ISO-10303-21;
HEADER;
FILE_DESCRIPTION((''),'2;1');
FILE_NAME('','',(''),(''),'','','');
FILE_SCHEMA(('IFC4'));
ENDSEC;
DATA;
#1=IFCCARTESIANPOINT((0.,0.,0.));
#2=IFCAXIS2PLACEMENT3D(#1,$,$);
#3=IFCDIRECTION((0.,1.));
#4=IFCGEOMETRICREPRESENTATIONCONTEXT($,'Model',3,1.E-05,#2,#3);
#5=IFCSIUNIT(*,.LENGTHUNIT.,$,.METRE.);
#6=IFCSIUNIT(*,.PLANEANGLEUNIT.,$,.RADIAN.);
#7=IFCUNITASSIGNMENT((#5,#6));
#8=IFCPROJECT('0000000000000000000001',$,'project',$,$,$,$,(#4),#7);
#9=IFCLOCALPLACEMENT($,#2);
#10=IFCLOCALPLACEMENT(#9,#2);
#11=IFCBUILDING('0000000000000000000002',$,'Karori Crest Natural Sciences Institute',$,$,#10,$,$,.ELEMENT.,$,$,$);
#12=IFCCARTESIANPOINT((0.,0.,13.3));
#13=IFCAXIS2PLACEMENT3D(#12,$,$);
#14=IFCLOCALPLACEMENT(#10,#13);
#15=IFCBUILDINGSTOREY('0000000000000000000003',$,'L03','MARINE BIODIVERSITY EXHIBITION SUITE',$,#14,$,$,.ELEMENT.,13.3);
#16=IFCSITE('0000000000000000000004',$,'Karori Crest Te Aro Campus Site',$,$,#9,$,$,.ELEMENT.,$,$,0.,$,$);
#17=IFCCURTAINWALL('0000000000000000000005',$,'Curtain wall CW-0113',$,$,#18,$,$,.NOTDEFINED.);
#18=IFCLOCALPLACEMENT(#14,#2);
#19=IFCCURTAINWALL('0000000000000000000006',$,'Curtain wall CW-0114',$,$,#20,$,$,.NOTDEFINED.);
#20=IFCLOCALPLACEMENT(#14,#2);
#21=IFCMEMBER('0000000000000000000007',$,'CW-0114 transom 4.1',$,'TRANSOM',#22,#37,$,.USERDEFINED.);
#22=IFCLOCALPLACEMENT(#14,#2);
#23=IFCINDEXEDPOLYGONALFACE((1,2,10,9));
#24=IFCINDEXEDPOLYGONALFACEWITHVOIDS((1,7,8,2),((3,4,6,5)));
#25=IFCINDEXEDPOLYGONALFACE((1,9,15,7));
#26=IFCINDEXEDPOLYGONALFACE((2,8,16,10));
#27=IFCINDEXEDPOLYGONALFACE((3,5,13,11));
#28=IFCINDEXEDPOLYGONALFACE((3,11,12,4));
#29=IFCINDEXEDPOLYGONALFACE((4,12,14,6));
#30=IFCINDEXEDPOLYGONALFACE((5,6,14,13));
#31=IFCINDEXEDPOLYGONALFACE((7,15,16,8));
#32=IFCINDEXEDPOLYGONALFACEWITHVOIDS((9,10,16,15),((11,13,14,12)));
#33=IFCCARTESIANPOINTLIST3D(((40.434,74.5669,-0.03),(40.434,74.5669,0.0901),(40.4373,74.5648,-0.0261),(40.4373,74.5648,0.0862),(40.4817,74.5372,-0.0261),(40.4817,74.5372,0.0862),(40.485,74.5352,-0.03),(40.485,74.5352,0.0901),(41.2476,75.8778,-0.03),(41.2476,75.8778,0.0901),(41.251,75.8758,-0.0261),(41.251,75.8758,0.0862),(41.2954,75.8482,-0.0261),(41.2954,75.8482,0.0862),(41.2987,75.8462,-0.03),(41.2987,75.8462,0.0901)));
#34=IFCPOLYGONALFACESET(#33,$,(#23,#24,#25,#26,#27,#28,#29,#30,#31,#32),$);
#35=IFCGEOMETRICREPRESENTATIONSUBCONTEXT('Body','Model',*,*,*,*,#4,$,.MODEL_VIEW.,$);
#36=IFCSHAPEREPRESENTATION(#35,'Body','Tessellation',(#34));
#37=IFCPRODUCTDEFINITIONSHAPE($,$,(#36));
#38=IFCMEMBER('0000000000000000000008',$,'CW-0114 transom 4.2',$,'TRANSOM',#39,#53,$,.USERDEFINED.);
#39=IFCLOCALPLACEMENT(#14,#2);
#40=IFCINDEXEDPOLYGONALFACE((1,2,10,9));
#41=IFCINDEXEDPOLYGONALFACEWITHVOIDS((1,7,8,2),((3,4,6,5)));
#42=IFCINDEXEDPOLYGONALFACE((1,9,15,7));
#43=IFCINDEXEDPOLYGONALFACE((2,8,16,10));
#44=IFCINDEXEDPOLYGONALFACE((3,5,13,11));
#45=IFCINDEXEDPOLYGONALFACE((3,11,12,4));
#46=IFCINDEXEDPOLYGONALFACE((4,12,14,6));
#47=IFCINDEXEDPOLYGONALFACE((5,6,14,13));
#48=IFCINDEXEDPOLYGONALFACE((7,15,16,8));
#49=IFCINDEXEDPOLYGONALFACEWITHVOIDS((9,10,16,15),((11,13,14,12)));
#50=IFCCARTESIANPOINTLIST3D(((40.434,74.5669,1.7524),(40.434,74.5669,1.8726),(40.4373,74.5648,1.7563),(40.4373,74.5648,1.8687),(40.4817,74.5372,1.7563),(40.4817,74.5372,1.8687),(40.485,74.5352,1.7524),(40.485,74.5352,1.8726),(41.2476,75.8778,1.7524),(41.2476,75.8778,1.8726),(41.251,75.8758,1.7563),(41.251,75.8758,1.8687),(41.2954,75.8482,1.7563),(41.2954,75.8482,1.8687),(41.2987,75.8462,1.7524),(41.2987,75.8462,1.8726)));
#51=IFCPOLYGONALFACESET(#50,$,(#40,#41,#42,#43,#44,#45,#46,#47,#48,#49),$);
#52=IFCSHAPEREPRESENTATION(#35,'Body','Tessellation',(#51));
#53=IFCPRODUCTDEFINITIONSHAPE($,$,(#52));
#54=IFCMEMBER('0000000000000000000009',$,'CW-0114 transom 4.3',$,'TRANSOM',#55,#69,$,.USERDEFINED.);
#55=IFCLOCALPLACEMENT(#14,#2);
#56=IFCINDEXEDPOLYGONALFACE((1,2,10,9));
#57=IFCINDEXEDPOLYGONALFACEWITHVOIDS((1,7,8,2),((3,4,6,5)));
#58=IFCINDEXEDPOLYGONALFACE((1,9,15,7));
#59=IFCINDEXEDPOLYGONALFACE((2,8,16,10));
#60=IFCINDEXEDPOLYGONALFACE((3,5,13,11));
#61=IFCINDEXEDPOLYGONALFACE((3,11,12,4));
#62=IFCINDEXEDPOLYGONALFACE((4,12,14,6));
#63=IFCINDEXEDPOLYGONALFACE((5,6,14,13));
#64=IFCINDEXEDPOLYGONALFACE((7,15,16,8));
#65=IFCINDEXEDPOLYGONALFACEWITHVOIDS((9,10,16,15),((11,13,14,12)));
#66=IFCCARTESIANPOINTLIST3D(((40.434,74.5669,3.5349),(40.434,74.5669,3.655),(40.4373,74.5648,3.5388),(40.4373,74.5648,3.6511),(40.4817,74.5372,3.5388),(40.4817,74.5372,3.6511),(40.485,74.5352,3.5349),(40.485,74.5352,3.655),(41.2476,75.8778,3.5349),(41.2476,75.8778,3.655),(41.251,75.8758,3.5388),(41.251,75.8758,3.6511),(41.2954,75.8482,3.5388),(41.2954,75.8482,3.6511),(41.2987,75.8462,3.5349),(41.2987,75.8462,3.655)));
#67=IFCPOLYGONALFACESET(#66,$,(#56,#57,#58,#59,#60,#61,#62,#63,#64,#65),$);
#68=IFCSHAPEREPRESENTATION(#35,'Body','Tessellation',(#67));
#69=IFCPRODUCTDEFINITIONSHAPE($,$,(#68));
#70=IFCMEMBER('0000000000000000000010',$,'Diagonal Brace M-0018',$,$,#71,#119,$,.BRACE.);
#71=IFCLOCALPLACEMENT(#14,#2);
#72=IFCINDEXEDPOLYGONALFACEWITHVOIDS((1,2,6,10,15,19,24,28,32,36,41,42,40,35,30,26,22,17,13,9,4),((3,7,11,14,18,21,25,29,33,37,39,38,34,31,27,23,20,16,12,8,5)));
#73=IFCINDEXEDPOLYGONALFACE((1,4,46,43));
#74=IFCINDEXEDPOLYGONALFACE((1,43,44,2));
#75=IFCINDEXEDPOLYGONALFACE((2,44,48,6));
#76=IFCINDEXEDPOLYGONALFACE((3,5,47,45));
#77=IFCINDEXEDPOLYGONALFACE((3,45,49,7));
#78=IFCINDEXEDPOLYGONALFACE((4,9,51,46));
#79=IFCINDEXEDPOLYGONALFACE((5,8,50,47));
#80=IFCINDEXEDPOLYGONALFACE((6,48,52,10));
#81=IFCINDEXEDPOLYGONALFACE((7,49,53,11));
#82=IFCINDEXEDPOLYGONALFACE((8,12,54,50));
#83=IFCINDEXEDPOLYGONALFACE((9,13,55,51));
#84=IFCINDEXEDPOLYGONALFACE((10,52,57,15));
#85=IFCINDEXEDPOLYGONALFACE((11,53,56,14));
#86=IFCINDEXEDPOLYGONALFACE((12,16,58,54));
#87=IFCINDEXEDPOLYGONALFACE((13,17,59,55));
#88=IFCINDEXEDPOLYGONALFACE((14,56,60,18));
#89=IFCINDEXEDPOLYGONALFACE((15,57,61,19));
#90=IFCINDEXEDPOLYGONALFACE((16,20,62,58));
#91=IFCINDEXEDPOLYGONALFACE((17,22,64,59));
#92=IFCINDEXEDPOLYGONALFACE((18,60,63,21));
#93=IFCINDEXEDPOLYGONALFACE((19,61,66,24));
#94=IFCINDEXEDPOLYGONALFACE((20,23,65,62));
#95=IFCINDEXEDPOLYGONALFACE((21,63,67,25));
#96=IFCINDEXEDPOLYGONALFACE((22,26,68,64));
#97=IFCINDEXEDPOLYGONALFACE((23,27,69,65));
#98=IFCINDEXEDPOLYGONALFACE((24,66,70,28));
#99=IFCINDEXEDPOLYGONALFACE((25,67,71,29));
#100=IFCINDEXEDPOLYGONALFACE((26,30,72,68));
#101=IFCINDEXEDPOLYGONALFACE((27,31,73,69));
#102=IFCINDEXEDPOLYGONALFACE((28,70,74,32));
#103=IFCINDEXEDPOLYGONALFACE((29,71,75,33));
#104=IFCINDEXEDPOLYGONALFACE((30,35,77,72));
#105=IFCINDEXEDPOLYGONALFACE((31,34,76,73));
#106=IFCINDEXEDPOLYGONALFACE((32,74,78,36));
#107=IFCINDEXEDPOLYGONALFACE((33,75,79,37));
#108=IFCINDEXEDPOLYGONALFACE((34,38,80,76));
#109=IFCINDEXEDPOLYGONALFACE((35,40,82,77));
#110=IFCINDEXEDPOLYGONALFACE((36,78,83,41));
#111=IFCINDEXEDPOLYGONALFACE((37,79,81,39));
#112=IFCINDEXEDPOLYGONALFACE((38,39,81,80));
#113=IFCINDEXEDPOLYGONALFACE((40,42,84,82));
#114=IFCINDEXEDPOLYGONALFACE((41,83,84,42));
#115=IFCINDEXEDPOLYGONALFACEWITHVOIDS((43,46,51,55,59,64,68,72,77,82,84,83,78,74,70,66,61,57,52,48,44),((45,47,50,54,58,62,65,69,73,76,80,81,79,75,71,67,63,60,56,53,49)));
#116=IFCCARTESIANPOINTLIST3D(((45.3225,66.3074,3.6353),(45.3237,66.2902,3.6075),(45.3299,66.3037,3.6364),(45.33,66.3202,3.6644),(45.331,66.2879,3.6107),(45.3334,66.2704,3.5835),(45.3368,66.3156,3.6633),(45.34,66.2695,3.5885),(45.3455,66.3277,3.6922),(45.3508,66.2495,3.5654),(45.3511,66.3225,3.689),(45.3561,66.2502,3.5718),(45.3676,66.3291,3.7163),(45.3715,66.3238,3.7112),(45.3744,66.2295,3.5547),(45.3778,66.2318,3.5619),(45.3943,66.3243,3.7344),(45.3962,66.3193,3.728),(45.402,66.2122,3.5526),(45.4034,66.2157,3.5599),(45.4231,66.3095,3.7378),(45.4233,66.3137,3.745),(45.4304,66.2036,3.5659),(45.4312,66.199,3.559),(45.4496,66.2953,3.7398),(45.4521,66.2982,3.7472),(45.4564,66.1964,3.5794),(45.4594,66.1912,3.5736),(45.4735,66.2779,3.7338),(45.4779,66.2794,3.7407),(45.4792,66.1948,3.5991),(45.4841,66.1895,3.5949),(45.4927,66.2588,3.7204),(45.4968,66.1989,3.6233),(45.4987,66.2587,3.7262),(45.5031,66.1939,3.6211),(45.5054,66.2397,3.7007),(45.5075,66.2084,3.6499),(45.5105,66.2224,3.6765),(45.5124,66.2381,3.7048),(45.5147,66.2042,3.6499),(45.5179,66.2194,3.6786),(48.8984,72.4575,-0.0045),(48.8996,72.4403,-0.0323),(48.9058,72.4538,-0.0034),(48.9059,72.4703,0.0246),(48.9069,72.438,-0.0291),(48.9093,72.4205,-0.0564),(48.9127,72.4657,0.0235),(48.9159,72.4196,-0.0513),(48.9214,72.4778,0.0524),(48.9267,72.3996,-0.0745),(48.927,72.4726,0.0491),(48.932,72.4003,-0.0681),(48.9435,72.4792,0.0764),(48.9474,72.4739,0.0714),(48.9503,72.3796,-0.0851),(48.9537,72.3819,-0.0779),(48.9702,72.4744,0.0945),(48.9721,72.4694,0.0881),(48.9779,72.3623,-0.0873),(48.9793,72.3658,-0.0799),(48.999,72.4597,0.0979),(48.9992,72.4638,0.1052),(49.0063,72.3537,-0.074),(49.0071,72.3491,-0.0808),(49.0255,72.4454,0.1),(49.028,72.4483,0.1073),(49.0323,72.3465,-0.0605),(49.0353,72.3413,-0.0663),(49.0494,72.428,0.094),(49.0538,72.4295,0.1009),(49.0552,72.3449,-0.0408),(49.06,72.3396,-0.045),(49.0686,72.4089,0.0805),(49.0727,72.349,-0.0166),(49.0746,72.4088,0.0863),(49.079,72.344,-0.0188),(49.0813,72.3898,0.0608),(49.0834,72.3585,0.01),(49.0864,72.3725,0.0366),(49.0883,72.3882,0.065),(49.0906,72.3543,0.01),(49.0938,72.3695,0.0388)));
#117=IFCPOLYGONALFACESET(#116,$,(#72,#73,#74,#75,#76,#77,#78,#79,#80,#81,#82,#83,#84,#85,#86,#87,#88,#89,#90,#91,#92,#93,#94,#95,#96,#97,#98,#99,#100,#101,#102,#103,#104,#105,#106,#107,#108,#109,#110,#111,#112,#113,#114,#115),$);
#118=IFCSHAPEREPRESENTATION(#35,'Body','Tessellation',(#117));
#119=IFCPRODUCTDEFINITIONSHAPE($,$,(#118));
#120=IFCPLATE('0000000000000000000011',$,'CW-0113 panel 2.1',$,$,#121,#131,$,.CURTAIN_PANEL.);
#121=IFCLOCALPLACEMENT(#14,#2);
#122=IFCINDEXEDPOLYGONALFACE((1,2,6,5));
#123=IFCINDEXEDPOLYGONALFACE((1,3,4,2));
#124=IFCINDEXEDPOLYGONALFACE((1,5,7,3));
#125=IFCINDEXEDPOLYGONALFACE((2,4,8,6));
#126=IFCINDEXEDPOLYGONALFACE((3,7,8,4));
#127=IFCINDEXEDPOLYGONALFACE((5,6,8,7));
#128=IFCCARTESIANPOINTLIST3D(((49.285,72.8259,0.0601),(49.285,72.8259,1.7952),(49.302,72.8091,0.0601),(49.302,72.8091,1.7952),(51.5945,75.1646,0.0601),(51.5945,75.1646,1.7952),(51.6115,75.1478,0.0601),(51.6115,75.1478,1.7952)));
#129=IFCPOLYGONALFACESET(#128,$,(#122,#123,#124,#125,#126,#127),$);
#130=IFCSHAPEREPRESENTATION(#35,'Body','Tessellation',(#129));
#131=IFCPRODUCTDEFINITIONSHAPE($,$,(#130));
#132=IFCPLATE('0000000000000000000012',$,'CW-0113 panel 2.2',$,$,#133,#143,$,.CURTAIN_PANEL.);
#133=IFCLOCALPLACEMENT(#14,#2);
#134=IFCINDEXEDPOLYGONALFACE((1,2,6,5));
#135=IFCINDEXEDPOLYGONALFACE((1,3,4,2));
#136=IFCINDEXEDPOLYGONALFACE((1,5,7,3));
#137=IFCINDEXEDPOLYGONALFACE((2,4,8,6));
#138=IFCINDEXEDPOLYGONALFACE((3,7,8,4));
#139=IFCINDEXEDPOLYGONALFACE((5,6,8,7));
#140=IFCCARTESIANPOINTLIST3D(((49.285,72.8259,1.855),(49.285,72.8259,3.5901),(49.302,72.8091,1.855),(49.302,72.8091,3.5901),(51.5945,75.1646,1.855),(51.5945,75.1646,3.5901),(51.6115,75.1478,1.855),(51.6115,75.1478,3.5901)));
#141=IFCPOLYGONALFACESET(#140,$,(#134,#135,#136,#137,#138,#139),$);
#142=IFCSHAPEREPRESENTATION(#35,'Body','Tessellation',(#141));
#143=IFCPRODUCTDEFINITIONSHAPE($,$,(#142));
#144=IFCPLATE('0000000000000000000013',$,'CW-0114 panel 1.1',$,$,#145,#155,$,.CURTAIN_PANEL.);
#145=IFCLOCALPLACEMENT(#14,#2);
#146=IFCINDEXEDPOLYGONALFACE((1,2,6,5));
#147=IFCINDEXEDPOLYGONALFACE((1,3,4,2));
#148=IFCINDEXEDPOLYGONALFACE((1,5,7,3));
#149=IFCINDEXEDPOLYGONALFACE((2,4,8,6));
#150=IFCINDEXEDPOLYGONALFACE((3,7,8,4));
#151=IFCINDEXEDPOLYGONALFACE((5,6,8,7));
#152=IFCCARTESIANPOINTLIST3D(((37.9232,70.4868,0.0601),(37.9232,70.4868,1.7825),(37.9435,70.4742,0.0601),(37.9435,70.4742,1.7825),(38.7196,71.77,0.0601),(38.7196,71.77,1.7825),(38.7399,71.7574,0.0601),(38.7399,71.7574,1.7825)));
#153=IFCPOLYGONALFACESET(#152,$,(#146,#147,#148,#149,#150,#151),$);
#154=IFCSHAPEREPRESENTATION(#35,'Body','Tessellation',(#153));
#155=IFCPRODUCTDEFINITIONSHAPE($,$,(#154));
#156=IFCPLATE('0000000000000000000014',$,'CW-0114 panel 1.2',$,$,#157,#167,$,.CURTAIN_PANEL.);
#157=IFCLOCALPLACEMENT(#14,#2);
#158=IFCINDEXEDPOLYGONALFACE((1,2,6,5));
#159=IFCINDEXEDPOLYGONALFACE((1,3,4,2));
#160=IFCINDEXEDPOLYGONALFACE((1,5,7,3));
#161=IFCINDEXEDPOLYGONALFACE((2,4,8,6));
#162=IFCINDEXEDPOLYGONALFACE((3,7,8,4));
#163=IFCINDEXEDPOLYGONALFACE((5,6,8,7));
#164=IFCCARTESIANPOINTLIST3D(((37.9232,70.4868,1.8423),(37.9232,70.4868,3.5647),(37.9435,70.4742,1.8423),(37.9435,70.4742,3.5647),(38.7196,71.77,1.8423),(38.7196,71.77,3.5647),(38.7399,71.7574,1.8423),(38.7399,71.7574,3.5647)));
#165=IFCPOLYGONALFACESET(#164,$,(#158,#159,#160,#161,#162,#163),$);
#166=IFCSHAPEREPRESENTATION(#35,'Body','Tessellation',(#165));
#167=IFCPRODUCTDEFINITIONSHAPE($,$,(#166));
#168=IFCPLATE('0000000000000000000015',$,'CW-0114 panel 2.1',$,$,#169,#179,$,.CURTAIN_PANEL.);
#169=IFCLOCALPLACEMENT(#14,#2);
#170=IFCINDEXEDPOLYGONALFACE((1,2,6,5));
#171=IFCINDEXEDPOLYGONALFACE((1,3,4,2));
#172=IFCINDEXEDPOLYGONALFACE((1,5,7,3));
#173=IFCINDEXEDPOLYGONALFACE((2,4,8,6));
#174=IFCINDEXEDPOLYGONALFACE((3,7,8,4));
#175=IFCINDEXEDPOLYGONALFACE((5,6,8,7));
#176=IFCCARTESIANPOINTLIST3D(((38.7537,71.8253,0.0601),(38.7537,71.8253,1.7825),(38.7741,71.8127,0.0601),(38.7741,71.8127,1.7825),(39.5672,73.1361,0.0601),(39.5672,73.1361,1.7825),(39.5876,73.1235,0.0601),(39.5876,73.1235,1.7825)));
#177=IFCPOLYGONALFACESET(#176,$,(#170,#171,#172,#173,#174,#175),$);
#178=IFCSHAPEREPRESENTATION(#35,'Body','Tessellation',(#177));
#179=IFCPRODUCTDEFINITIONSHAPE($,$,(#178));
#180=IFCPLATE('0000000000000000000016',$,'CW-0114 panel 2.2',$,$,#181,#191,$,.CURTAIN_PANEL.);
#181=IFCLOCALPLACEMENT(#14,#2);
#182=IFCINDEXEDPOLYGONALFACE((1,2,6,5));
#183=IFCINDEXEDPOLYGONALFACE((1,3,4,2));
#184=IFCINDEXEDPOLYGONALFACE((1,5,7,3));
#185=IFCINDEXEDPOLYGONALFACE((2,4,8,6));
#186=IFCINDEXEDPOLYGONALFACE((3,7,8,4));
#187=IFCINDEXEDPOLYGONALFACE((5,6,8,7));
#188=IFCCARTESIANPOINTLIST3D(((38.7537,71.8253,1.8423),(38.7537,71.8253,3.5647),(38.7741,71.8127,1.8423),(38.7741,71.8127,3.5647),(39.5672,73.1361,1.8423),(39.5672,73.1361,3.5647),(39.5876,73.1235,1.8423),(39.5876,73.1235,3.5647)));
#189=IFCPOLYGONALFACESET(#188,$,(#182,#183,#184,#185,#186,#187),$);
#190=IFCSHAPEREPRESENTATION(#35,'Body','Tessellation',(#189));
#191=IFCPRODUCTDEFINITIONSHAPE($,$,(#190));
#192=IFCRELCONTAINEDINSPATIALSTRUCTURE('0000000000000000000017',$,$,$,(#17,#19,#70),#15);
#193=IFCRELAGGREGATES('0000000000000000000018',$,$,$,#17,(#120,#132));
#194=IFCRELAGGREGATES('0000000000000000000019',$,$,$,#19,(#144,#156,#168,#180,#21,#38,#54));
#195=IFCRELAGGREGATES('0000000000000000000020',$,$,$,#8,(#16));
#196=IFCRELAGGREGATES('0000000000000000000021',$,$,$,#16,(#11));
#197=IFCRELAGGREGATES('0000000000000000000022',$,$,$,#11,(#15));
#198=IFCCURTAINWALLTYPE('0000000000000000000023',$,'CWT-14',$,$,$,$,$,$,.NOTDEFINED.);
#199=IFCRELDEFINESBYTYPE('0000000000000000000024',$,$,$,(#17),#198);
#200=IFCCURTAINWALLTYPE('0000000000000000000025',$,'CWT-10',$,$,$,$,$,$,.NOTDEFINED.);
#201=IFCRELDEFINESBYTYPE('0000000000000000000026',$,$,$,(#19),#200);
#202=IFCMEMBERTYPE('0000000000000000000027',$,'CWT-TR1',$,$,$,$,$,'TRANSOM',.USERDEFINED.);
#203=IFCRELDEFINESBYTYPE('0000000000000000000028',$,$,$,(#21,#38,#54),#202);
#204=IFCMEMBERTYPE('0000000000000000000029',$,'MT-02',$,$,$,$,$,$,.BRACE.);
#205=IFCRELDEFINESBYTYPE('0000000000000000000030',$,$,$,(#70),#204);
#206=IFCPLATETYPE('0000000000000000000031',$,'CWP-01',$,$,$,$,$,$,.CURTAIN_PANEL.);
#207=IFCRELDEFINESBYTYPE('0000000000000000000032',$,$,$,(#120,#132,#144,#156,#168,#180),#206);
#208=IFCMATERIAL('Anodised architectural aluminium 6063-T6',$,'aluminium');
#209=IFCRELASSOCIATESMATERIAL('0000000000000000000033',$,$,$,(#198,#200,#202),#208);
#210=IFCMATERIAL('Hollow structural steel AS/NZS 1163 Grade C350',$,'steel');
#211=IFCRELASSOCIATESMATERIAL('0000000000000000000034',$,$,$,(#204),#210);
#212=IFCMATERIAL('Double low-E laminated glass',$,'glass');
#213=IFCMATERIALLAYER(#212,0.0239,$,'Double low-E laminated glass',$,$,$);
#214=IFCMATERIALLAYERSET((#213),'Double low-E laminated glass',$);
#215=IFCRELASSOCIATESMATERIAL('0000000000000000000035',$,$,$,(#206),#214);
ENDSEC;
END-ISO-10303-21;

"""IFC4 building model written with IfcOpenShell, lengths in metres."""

from ifc_helpers import new_model, si_unit, direction, frame, origin, origin_2d, place, context, subcontext, project, spatial, rectangle, hollow_rectangle, hollow_circle, extrude, material, layer, layer_set, material_profile, profile_set, type_object, element, aggregate, save


model = new_model("IFC4")

# Units and contexts
model_context = context("Model", 3, precision=1e-05, world=origin(), true_north=direction((0.0, 1.0)))
body_context = subcontext(model_context, "Body", "Model", "MODEL_VIEW")
ifc_project = project(units=[si_unit("LENGTHUNIT", "METRE"), si_unit("PLANEANGLEUNIT", "RADIAN")], contexts=[model_context])

# Site, building, storey
site_placement = place(None, origin())
site = spatial("IfcSite", under=ifc_project, at=site_placement, Name="Karori Crest Te Aro Campus Site", CompositionType="ELEMENT", RefElevation=0.0)
building_placement = place(site_placement, origin())
building = spatial("IfcBuilding", under=site, at=building_placement, Name="Karori Crest Natural Sciences Institute", CompositionType="ELEMENT")
storey_placement = place(building_placement, frame((0.0, 0.0, 13.3)))
storey = spatial("IfcBuildingStorey", under=building, at=storey_placement, Name="L03", Description="MARINE BIODIVERSITY EXHIBITION SUITE", CompositionType="ELEMENT", Elevation=13.3)

# Shared definitions
ifc_material_1 = material(Name="Hollow structural steel AS/NZS 1163 Grade C350", Category="steel")

# Curtain walls
ifc_material_2 = material(Name="Anodised architectural aluminium 6063-T6", Category="aluminium")
curtain_wall_type_1 = type_object("IfcCurtainWallType", Name="CWT-14", PredefinedType="NOTDEFINED", material=ifc_material_2)
curtain_wall_1_placement = place(storey_placement, origin())
curtain_wall_1 = element("IfcCurtainWall", 1, at=curtain_wall_1_placement, inside=storey, type_object=curtain_wall_type_1, Name="Curtain wall CW-0113", PredefinedType="NOTDEFINED")
curtain_wall_type_2 = type_object("IfcCurtainWallType", Name="CWT-10", PredefinedType="NOTDEFINED", material=ifc_material_2)
curtain_wall_2_placement = place(storey_placement, origin())
curtain_wall_2 = element("IfcCurtainWall", 2, at=curtain_wall_2_placement, inside=storey, type_object=curtain_wall_type_2, Name="Curtain wall CW-0114", PredefinedType="NOTDEFINED")

# Members
ifc_material_profile_1 = material_profile(ifc_material_2, hollow_rectangle(XDim=0.0601, YDim=0.1201, WallThickness=0.0039, at=origin_2d()), Name="CWT120x60x4")
ifc_profile_set_1 = profile_set([ifc_material_profile_1], Name="Anodised architectural aluminium 6063-T6")
member_type_1 = type_object("IfcMemberType", Name="CWT-TR1", ElementType="TRANSOM", PredefinedType="USERDEFINED", material=ifc_profile_set_1)
member_1_placement = place(storey_placement, frame((40.4595, 74.551, 0.03), z_axis=(0.527351, 0.849647, 0.0), x_axis=(-0.849647, 0.527351, 0.0)))
member_1 = element("IfcMember", 3, at=member_1_placement, type_object=member_type_1, Name="CW-0114 transom 4.1", ObjectType="TRANSOM", PredefinedType="USERDEFINED", context=body_context, shape_type="SweptSolid", body=[
    extrude(hollow_rectangle(XDim=0.0601, YDim=0.1201, WallThickness=0.0039, at=origin_2d()), origin(), (0.0, 0.0, 1.0), 1.543),
])
member_2_placement = place(storey_placement, frame((40.4595, 74.551, 1.8125), z_axis=(0.527351, 0.849647, 0.0), x_axis=(-0.849647, 0.527351, 0.0)))
member_2 = element("IfcMember", 4, at=member_2_placement, type_object=member_type_1, Name="CW-0114 transom 4.2", ObjectType="TRANSOM", PredefinedType="USERDEFINED", context=body_context, shape_type="SweptSolid", body=[
    extrude(hollow_rectangle(XDim=0.0601, YDim=0.1201, WallThickness=0.0039, at=origin_2d()), origin(), (0.0, 0.0, 1.0), 1.543),
])
member_3_placement = place(storey_placement, frame((40.4595, 74.551, 3.595), z_axis=(0.527351, 0.849647, 0.0), x_axis=(-0.849647, 0.527351, 0.0)))
member_3 = element("IfcMember", 5, at=member_3_placement, type_object=member_type_1, Name="CW-0114 transom 4.3", ObjectType="TRANSOM", PredefinedType="USERDEFINED", context=body_context, shape_type="SweptSolid", body=[
    extrude(hollow_rectangle(XDim=0.0601, YDim=0.1201, WallThickness=0.0039, at=origin_2d()), origin(), (0.0, 0.0, 1.0), 1.543),
])
ifc_material_profile_2 = material_profile(ifc_material_1, hollow_circle(Radius=0.1096, WallThickness=0.0083, at=origin_2d()), Name="CHS219.1x8.2")
ifc_profile_set_2 = profile_set([ifc_material_profile_2], Name="Hollow structural steel AS/NZS 1163 Grade C350")
member_type_2 = type_object("IfcMemberType", Name="MT-02", PredefinedType="BRACE", material=ifc_profile_set_2)
member_4_placement = place(storey_placement, frame((48.9958, 72.4094, 0.01), z_axis=(-0.447479, -0.769608, 0.455484), x_axis=(0.864491, -0.502648, 0.0)))
element("IfcMember", 6, at=member_4_placement, inside=storey, type_object=member_type_2, Name="Diagonal Brace M-0018", PredefinedType="BRACE", context=body_context, shape_type="SweptSolid", body=[
    extrude(hollow_circle(Radius=0.1096, WallThickness=0.0083, at=origin_2d()), origin(), (0.0, 0.0, 1.0), 7.9912),
])

# Plates
ifc_material_3 = material(Name="Double low-E laminated glass", Category="glass")
ifc_layer_1 = layer(ifc_material_3, 0.0239, Name="Double low-E laminated glass")
ifc_layer_set_1 = layer_set([ifc_layer_1], Name="Double low-E laminated glass")
plate_type_1 = type_object("IfcPlateType", Name="CWP-01", PredefinedType="CURTAIN_PANEL", material=ifc_layer_set_1)
plate_1_placement = place(storey_placement, frame((50.4482, 73.9868, 0.0601), z_axis=(0.0, 0.0, 1.0), x_axis=(-0.702661, -0.711525, 0.0)))
plate_1 = element("IfcPlate", 7, at=plate_1_placement, type_object=plate_type_1, Name="CW-0113 panel 2.1", PredefinedType="CURTAIN_PANEL", context=body_context, shape_type="SweptSolid", body=[
    extrude(rectangle(XDim=3.2869, YDim=0.0239, at=origin_2d()), origin(), (0.0, 0.0, 1.0), 1.7351),
])
plate_2_placement = place(storey_placement, frame((50.4482, 73.9868, 1.855), z_axis=(0.0, 0.0, 1.0), x_axis=(-0.702661, -0.711525, 0.0)))
plate_2 = element("IfcPlate", 8, at=plate_2_placement, type_object=plate_type_1, Name="CW-0113 panel 2.2", PredefinedType="CURTAIN_PANEL", context=body_context, shape_type="SweptSolid", body=[
    extrude(rectangle(XDim=3.2869, YDim=0.0239, at=origin_2d()), origin(), (0.0, 0.0, 1.0), 1.7351),
])
aggregate(curtain_wall_1, [plate_1, plate_2])
plate_3_placement = place(storey_placement, frame((38.3315, 71.1221, 0.0601), z_axis=(0.0, 0.0, 1.0), x_axis=(0.527324, 0.849664, 0.0)))
plate_3 = element("IfcPlate", 9, at=plate_3_placement, type_object=plate_type_1, Name="CW-0114 panel 1.1", PredefinedType="CURTAIN_PANEL", context=body_context, shape_type="SweptSolid", body=[
    extrude(rectangle(XDim=1.5103, YDim=0.0239, at=origin_2d()), origin(), (0.0, 0.0, 1.0), 1.7224),
])
plate_4_placement = place(storey_placement, frame((38.3315, 71.1221, 1.8423), z_axis=(0.0, 0.0, 1.0), x_axis=(0.527324, 0.849664, 0.0)))
plate_4 = element("IfcPlate", 10, at=plate_4_placement, type_object=plate_type_1, Name="CW-0114 panel 1.2", PredefinedType="CURTAIN_PANEL", context=body_context, shape_type="SweptSolid", body=[
    extrude(rectangle(XDim=1.5103, YDim=0.0239, at=origin_2d()), origin(), (0.0, 0.0, 1.0), 1.7224),
])
plate_5_placement = place(storey_placement, frame((39.1707, 72.4744, 0.0601), z_axis=(0.0, 0.0, 1.0), x_axis=(0.527324, 0.849664, 0.0)))
plate_5 = element("IfcPlate", 11, at=plate_5_placement, type_object=plate_type_1, Name="CW-0114 panel 2.1", PredefinedType="CURTAIN_PANEL", context=body_context, shape_type="SweptSolid", body=[
    extrude(rectangle(XDim=1.5427, YDim=0.0239, at=origin_2d()), origin(), (0.0, 0.0, 1.0), 1.7224),
])
plate_6_placement = place(storey_placement, frame((39.1707, 72.4744, 1.8423), z_axis=(0.0, 0.0, 1.0), x_axis=(0.527324, 0.849664, 0.0)))
plate_6 = element("IfcPlate", 12, at=plate_6_placement, type_object=plate_type_1, Name="CW-0114 panel 2.2", PredefinedType="CURTAIN_PANEL", context=body_context, shape_type="SweptSolid", body=[
    extrude(rectangle(XDim=1.5427, YDim=0.0239, at=origin_2d()), origin(), (0.0, 0.0, 1.0), 1.7224),
])
aggregate(curtain_wall_2, [plate_3, plate_4, plate_5, plate_6, member_1, member_2, member_3])

save(model, "model.ifc")
